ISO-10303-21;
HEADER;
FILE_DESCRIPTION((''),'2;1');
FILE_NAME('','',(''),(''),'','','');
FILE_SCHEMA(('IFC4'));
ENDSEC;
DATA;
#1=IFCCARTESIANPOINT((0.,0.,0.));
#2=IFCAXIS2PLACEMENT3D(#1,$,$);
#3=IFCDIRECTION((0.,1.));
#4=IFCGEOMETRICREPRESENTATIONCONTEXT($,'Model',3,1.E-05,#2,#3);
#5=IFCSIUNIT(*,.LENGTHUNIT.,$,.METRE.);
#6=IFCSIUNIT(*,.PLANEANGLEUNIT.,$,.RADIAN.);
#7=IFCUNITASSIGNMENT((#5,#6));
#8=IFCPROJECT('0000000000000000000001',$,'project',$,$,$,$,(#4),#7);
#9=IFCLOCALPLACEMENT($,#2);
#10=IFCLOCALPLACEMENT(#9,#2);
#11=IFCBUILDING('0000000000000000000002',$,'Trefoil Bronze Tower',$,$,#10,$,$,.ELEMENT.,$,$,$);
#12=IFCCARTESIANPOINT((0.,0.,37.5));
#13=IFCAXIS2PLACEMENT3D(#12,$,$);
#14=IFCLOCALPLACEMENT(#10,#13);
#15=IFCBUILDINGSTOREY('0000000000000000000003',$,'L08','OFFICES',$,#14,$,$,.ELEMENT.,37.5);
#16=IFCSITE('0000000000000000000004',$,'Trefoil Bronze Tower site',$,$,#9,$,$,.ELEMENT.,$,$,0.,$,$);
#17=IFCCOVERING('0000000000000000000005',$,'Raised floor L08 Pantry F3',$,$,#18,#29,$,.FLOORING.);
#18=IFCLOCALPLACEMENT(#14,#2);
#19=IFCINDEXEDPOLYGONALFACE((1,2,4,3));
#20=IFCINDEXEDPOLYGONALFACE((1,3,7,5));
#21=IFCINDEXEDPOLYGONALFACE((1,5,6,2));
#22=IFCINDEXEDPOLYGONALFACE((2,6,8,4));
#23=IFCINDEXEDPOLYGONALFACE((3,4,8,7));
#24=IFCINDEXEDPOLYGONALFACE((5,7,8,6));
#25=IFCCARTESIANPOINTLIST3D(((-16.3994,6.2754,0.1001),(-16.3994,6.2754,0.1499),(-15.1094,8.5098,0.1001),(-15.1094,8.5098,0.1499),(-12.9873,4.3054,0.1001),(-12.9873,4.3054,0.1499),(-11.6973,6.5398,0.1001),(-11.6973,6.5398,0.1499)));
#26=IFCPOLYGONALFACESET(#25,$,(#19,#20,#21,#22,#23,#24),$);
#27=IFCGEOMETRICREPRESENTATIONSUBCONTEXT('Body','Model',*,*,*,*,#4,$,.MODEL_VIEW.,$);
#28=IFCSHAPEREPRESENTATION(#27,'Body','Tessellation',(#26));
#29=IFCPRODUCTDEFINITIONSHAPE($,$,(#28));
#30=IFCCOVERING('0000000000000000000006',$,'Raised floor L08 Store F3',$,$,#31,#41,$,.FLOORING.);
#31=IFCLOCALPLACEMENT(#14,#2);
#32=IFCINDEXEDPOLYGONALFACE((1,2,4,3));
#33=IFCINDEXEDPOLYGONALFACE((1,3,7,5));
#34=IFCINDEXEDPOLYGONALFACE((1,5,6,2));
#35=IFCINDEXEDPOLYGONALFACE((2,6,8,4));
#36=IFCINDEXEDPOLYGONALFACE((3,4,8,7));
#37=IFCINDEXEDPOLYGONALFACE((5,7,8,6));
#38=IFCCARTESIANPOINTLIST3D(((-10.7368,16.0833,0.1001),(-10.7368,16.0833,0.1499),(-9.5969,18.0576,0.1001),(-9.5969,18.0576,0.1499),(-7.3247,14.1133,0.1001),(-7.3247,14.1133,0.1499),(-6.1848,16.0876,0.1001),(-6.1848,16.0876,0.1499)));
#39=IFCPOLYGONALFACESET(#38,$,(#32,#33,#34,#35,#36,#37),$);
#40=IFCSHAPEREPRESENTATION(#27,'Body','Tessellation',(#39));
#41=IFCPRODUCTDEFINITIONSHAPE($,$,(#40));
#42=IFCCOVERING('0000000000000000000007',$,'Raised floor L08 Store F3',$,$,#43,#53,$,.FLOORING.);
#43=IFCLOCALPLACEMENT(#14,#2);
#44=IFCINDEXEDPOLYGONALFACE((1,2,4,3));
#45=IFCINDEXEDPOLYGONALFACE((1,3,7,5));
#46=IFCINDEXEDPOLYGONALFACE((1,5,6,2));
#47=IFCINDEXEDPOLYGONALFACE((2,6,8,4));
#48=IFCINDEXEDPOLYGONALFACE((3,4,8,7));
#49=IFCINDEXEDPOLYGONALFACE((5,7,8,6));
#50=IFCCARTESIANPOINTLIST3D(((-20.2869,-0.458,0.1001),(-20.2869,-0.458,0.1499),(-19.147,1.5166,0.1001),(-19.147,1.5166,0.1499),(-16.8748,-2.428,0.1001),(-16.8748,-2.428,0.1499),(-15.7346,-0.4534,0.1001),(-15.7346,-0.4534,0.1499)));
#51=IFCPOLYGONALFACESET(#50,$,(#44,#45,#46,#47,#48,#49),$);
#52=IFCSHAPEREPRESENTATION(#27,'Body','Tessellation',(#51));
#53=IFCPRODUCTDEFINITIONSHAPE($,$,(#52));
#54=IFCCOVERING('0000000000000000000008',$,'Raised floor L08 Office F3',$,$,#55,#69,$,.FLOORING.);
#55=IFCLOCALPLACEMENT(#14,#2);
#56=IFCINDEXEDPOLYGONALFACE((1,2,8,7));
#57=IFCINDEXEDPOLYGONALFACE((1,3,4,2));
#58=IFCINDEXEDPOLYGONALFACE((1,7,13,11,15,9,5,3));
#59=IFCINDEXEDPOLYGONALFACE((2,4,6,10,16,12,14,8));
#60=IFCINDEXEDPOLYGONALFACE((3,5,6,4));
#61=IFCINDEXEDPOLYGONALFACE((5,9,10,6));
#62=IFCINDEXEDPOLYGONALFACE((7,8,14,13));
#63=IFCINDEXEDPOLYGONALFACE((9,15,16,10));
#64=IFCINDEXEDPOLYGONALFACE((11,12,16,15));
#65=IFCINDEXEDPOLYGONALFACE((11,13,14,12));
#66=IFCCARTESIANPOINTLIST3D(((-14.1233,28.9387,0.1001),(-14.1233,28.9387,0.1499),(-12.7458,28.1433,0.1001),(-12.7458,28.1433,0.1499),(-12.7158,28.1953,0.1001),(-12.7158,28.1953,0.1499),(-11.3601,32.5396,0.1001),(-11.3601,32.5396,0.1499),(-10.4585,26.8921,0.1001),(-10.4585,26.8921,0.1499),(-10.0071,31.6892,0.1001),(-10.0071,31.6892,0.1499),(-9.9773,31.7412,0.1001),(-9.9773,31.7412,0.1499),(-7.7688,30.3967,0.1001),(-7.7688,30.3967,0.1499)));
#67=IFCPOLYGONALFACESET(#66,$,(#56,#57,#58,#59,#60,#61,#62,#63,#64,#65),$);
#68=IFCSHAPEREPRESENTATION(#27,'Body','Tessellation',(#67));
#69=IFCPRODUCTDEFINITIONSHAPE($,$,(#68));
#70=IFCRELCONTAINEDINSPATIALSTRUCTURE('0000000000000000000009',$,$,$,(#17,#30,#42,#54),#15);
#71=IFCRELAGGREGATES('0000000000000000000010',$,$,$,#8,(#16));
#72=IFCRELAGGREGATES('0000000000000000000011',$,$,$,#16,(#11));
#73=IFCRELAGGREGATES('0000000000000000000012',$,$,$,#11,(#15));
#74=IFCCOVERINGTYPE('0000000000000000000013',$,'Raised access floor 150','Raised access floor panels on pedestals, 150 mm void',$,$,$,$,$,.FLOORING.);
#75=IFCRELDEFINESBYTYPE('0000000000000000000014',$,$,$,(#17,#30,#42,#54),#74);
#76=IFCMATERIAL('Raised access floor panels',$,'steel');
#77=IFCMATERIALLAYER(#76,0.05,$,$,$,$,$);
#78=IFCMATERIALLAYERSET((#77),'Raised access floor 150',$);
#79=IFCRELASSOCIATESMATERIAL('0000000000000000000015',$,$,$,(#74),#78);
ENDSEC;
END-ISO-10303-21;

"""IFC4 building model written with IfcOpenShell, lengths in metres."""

from ifc_helpers import new_model, si_unit, direction, frame, origin, place, context, subcontext, project, spatial, polyline, outline, extrude, material, layer, layer_set, type_object, element, save


model = new_model("IFC4")

# Units and contexts
model_context = context("Model", 3, precision=1e-05, world=origin(), true_north=direction((0.0, 1.0)))
body_context = subcontext(model_context, "Body", "Model", "MODEL_VIEW")
ifc_project = project(units=[si_unit("LENGTHUNIT", "METRE"), si_unit("PLANEANGLEUNIT", "RADIAN")], contexts=[model_context])

# Site, building, storey
site_placement = place(None, origin())
site = spatial("IfcSite", under=ifc_project, at=site_placement, Name="Trefoil Bronze Tower site", CompositionType="ELEMENT", RefElevation=0.0)
building_placement = place(site_placement, origin())
building = spatial("IfcBuilding", under=site, at=building_placement, Name="Trefoil Bronze Tower", CompositionType="ELEMENT")
storey_placement = place(building_placement, frame((0.0, 0.0, 37.5)))
storey = spatial("IfcBuildingStorey", under=building, at=storey_placement, Name="L08", Description="OFFICES", CompositionType="ELEMENT", Elevation=37.5)

# Coverings
ifc_material_1 = material(Name="Raised access floor panels", Category="steel")
ifc_layer_1 = layer(ifc_material_1, 0.05)
ifc_layer_set_1 = layer_set([ifc_layer_1], Name="Raised access floor 150")
covering_type_1 = type_object("IfcCoveringType", Name="Raised access floor 150", Description="Raised access floor panels on pedestals, 150 mm void", PredefinedType="FLOORING", material=ifc_layer_set_1)
covering_1_placement = place(storey_placement, frame((0.0, 0.0, 0.1001)))
element("IfcCovering", 1, at=covering_1_placement, inside=storey, type_object=covering_type_1, Name="Raised floor L08 Pantry F3", PredefinedType="FLOORING", context=body_context, shape_type="SweptSolid", body=[
    extrude(outline(polyline([(-12.9873, 4.3054), (-16.3994, 6.2754), (-15.1094, 8.5098), (-11.6973, 6.5398), (-12.9873, 4.3054)])), origin(), (0.0, 0.0, 1.0), 0.0498),
])
covering_2_placement = place(storey_placement, frame((0.0, 0.0, 0.1001)))
element("IfcCovering", 2, at=covering_2_placement, inside=storey, type_object=covering_type_1, Name="Raised floor L08 Store F3", PredefinedType="FLOORING", context=body_context, shape_type="SweptSolid", body=[
    extrude(outline(polyline([(-7.3247, 14.1133), (-10.7368, 16.0833), (-9.5969, 18.0576), (-6.1848, 16.0876), (-7.3247, 14.1133)])), origin(), (0.0, 0.0, 1.0), 0.0498),
])
covering_3_placement = place(storey_placement, frame((0.0, 0.0, 0.1001)))
element("IfcCovering", 3, at=covering_3_placement, inside=storey, type_object=covering_type_1, Name="Raised floor L08 Store F3", PredefinedType="FLOORING", context=body_context, shape_type="SweptSolid", body=[
    extrude(outline(polyline([(-16.8748, -2.428), (-20.2869, -0.458), (-19.147, 1.5166), (-15.7346, -0.4534), (-16.8748, -2.428)])), origin(), (0.0, 0.0, 1.0), 0.0498),
])
covering_4_placement = place(storey_placement, frame((0.0, 0.0, 0.1001)))
element("IfcCovering", 4, at=covering_4_placement, inside=storey, type_object=covering_type_1, Name="Raised floor L08 Office F3", PredefinedType="FLOORING", context=body_context, shape_type="SweptSolid", body=[
    extrude(outline(polyline([(-14.1233, 28.9387), (-11.3601, 32.5396), (-9.9773, 31.7412), (-10.0071, 31.6892), (-7.7688, 30.3967), (-10.4585, 26.8921), (-12.7158, 28.1953), (-12.7458, 28.1433), (-14.1233, 28.9387)])), origin(), (0.0, 0.0, 1.0), 0.0498),
])

save(model, "model.ifc")
